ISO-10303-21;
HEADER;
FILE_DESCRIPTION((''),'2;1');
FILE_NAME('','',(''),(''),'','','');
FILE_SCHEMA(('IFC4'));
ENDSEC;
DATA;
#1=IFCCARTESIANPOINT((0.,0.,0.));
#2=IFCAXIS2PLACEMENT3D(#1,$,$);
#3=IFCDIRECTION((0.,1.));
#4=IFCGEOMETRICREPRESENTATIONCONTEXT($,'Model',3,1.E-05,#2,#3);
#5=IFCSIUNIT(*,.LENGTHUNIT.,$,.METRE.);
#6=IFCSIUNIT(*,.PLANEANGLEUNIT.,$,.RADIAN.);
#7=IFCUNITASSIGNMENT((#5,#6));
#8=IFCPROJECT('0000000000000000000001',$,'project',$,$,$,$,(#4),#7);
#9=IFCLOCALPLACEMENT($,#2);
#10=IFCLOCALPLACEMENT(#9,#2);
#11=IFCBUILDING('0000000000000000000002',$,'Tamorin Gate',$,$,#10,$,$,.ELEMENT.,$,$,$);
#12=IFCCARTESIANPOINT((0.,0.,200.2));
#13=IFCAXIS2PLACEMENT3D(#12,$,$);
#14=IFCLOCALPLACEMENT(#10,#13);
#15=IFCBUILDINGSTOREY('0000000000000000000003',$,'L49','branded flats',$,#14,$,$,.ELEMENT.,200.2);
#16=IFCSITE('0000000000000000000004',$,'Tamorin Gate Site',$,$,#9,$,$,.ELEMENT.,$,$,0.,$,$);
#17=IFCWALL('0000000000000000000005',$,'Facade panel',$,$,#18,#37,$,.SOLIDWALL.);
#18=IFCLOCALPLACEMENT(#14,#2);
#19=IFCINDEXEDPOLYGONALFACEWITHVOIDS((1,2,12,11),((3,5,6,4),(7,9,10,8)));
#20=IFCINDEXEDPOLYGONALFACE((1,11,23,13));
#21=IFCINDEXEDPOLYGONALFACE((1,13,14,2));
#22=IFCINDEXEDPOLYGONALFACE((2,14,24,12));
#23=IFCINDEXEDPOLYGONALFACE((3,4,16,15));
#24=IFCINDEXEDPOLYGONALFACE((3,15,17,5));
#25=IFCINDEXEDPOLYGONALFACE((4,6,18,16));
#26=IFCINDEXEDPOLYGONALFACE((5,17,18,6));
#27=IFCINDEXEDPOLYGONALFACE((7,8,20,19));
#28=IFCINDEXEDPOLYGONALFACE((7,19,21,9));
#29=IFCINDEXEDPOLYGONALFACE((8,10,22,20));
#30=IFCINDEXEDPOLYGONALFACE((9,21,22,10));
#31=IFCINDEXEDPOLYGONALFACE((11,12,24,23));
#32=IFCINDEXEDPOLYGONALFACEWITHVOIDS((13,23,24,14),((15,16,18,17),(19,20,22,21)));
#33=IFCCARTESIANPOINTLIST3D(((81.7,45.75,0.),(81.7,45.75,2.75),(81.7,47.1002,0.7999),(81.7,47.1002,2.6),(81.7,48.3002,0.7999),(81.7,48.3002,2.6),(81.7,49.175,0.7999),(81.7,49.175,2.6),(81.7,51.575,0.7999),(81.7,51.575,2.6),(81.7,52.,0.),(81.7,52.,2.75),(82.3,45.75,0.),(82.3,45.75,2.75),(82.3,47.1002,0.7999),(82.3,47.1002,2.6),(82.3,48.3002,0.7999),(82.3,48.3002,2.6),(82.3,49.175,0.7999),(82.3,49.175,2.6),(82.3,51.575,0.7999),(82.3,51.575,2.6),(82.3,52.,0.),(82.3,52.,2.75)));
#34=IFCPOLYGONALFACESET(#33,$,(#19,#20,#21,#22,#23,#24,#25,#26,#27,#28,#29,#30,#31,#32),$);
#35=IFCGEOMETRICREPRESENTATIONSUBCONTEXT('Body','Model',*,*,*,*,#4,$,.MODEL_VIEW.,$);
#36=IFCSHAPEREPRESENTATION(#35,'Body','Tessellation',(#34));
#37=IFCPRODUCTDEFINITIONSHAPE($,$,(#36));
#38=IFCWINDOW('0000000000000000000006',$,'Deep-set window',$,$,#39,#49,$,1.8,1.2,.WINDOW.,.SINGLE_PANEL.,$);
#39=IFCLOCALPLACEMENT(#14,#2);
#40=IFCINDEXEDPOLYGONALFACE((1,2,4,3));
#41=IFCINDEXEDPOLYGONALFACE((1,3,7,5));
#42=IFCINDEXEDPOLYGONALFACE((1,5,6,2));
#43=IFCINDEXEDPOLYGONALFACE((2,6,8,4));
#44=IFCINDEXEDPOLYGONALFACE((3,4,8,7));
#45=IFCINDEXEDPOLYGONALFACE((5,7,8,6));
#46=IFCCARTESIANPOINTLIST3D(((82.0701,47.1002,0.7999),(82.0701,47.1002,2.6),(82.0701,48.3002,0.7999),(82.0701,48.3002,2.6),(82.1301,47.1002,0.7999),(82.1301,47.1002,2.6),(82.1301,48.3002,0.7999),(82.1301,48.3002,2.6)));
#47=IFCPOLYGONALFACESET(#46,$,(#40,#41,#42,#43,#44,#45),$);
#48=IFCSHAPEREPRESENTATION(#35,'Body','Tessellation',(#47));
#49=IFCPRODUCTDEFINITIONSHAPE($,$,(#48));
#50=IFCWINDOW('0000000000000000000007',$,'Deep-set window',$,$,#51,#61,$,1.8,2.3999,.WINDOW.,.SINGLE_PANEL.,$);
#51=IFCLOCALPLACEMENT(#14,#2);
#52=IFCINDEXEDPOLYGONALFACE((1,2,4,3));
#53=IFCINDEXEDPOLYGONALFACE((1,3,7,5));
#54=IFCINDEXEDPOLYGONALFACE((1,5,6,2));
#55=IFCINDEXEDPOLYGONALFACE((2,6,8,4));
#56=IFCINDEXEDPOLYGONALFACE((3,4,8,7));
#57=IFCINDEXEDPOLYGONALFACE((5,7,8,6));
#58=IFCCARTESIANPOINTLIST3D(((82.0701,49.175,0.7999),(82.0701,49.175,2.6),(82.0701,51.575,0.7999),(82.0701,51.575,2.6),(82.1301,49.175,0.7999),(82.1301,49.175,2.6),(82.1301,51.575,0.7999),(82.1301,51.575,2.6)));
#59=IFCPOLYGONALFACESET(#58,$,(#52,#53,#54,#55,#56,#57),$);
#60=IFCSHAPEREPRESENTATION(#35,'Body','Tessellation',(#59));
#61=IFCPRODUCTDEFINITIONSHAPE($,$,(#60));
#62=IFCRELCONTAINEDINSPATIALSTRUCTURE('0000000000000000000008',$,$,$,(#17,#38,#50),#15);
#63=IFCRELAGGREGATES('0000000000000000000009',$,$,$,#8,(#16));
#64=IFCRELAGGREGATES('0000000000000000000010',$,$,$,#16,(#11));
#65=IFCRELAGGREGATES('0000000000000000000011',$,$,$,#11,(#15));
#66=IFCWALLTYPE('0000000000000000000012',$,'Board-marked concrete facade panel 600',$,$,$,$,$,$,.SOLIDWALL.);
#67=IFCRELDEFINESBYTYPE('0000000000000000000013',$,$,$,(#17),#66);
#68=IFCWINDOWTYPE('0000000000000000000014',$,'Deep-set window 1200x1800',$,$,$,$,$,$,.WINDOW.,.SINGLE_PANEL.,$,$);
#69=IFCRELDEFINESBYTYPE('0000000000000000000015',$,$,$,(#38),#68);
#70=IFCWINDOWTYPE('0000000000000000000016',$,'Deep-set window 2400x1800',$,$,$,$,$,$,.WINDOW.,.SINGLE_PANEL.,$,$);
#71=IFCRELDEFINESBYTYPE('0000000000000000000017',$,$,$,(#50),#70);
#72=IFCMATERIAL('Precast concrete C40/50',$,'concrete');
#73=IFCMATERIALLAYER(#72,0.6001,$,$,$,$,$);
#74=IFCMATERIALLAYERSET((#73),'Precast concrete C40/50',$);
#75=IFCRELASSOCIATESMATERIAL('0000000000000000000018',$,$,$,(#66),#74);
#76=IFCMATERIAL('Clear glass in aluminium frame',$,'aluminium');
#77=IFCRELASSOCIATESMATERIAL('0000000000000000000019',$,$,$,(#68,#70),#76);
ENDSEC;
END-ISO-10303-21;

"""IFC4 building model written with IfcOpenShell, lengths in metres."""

from ifc_helpers import new_model, si_unit, direction, frame, frame_2d, origin, place, context, subcontext, project, spatial, rectangle, extrude, material, layer, layer_set, type_object, element, fill, save


model = new_model("IFC4")

# Units and contexts
model_context = context("Model", 3, precision=1e-05, world=origin(), true_north=direction((0.0, 1.0)))
body_context = subcontext(model_context, "Body", "Model", "MODEL_VIEW")
ifc_project = project(units=[si_unit("LENGTHUNIT", "METRE"), si_unit("PLANEANGLEUNIT", "RADIAN")], contexts=[model_context])

# Site, building, storey
site_placement = place(None, origin())
site = spatial("IfcSite", under=ifc_project, at=site_placement, Name="Tamorin Gate Site", CompositionType="ELEMENT", RefElevation=0.0)
building_placement = place(site_placement, origin())
building = spatial("IfcBuilding", under=site, at=building_placement, Name="Tamorin Gate", CompositionType="ELEMENT")
storey_placement = place(building_placement, frame((0.0, 0.0, 200.2)))
storey = spatial("IfcBuildingStorey", under=building, at=storey_placement, Name="L49", Description="branded flats", CompositionType="ELEMENT", Elevation=200.2)

# Shared definitions
ifc_material_1 = material(Name="Precast concrete C40/50", Category="concrete")
ifc_layer = layer(ifc_material_1, 0.6001)
ifc_layer_set = layer_set([ifc_layer], Name="Precast concrete C40/50")
wall_type = type_object("IfcWallType", Name="Board-marked concrete facade panel 600", PredefinedType="SOLIDWALL", material=ifc_layer_set)
ifc_material_2 = material(Name="Clear glass in aluminium frame", Category="aluminium")
window_type_1 = type_object("IfcWindowType", Name="Deep-set window 1200x1800", PartitioningType="SINGLE_PANEL", PredefinedType="WINDOW", material=ifc_material_2)
window_type_2 = type_object("IfcWindowType", Name="Deep-set window 2400x1800", PartitioningType="SINGLE_PANEL", PredefinedType="WINDOW", material=ifc_material_2)

# Wall, openings, windows
wall_1_placement = place(storey_placement, frame((82.0, 45.75, 0.0), z_axis=(0.0, 0.0, 1.0), x_axis=(0.0, 1.0, 0.0)))
wall_1 = element("IfcWall", 1, at=wall_1_placement, inside=storey, type_object=wall_type, Name="Facade panel", PredefinedType="SOLIDWALL", context=body_context, shape_type="SweptSolid", body=[
    extrude(rectangle(XDim=6.25, YDim=0.6001, at=frame_2d((3.125, 0.0))), origin(), (0.0, 0.0, 1.0), 2.75),
])
opening_1_placement = place(wall_1_placement, frame((1.3501, 0.0, 0.8)))
opening_1 = element("IfcOpeningElement", 2, at=opening_1_placement, cuts=wall_1, PredefinedType="OPENING", context=body_context, shape_type="SweptSolid", body=[
    extrude(rectangle(XDim=1.2, YDim=1.8, at=frame_2d((0.6001, 0.8999))), frame((0.0, 0.3101, 0.0), z_axis=(0.0, -1.0, 0.0), x_axis=(1.0, 0.0, 0.0)), (0.0, 0.0, 1.0), 0.6201),
])
opening_2_placement = place(wall_1_placement, frame((3.425, 0.0, 0.8)))
opening_2 = element("IfcOpeningElement", 3, at=opening_2_placement, cuts=wall_1, PredefinedType="OPENING", context=body_context, shape_type="SweptSolid", body=[
    extrude(rectangle(XDim=2.3999, YDim=1.8, at=frame_2d((1.2, 0.8999))), frame((0.0, 0.3101, 0.0), z_axis=(0.0, -1.0, 0.0), x_axis=(1.0, 0.0, 0.0)), (0.0, 0.0, 1.0), 0.6201),
])
window_1_placement = place(opening_1_placement, origin())
window_1 = element("IfcWindow", 4, at=window_1_placement, inside=storey, type_object=window_type_1, Name="Deep-set window", OverallHeight=1.8, OverallWidth=1.2, PartitioningType="SINGLE_PANEL", PredefinedType="WINDOW", context=body_context, shape_type="SweptSolid", body=[
    extrude(rectangle(XDim=1.2, YDim=1.8, at=frame_2d((0.6001, 0.8999))), frame((0.0, -0.0701, 0.0), z_axis=(0.0, -1.0, 0.0), x_axis=(1.0, 0.0, 0.0)), (0.0, 0.0, 1.0), 0.0601),
])
fill(opening_1, window_1)
window_2_placement = place(opening_2_placement, origin())
window_2 = element("IfcWindow", 5, at=window_2_placement, inside=storey, type_object=window_type_2, Name="Deep-set window", OverallHeight=1.8, OverallWidth=2.3999, PartitioningType="SINGLE_PANEL", PredefinedType="WINDOW", context=body_context, shape_type="SweptSolid", body=[
    extrude(rectangle(XDim=2.3999, YDim=1.8, at=frame_2d((1.2, 0.8999))), frame((0.0, -0.0701, 0.0), z_axis=(0.0, -1.0, 0.0), x_axis=(1.0, 0.0, 0.0)), (0.0, 0.0, 1.0), 0.0601),
])
fill(opening_2, window_2)

save(model, "model.ifc")
